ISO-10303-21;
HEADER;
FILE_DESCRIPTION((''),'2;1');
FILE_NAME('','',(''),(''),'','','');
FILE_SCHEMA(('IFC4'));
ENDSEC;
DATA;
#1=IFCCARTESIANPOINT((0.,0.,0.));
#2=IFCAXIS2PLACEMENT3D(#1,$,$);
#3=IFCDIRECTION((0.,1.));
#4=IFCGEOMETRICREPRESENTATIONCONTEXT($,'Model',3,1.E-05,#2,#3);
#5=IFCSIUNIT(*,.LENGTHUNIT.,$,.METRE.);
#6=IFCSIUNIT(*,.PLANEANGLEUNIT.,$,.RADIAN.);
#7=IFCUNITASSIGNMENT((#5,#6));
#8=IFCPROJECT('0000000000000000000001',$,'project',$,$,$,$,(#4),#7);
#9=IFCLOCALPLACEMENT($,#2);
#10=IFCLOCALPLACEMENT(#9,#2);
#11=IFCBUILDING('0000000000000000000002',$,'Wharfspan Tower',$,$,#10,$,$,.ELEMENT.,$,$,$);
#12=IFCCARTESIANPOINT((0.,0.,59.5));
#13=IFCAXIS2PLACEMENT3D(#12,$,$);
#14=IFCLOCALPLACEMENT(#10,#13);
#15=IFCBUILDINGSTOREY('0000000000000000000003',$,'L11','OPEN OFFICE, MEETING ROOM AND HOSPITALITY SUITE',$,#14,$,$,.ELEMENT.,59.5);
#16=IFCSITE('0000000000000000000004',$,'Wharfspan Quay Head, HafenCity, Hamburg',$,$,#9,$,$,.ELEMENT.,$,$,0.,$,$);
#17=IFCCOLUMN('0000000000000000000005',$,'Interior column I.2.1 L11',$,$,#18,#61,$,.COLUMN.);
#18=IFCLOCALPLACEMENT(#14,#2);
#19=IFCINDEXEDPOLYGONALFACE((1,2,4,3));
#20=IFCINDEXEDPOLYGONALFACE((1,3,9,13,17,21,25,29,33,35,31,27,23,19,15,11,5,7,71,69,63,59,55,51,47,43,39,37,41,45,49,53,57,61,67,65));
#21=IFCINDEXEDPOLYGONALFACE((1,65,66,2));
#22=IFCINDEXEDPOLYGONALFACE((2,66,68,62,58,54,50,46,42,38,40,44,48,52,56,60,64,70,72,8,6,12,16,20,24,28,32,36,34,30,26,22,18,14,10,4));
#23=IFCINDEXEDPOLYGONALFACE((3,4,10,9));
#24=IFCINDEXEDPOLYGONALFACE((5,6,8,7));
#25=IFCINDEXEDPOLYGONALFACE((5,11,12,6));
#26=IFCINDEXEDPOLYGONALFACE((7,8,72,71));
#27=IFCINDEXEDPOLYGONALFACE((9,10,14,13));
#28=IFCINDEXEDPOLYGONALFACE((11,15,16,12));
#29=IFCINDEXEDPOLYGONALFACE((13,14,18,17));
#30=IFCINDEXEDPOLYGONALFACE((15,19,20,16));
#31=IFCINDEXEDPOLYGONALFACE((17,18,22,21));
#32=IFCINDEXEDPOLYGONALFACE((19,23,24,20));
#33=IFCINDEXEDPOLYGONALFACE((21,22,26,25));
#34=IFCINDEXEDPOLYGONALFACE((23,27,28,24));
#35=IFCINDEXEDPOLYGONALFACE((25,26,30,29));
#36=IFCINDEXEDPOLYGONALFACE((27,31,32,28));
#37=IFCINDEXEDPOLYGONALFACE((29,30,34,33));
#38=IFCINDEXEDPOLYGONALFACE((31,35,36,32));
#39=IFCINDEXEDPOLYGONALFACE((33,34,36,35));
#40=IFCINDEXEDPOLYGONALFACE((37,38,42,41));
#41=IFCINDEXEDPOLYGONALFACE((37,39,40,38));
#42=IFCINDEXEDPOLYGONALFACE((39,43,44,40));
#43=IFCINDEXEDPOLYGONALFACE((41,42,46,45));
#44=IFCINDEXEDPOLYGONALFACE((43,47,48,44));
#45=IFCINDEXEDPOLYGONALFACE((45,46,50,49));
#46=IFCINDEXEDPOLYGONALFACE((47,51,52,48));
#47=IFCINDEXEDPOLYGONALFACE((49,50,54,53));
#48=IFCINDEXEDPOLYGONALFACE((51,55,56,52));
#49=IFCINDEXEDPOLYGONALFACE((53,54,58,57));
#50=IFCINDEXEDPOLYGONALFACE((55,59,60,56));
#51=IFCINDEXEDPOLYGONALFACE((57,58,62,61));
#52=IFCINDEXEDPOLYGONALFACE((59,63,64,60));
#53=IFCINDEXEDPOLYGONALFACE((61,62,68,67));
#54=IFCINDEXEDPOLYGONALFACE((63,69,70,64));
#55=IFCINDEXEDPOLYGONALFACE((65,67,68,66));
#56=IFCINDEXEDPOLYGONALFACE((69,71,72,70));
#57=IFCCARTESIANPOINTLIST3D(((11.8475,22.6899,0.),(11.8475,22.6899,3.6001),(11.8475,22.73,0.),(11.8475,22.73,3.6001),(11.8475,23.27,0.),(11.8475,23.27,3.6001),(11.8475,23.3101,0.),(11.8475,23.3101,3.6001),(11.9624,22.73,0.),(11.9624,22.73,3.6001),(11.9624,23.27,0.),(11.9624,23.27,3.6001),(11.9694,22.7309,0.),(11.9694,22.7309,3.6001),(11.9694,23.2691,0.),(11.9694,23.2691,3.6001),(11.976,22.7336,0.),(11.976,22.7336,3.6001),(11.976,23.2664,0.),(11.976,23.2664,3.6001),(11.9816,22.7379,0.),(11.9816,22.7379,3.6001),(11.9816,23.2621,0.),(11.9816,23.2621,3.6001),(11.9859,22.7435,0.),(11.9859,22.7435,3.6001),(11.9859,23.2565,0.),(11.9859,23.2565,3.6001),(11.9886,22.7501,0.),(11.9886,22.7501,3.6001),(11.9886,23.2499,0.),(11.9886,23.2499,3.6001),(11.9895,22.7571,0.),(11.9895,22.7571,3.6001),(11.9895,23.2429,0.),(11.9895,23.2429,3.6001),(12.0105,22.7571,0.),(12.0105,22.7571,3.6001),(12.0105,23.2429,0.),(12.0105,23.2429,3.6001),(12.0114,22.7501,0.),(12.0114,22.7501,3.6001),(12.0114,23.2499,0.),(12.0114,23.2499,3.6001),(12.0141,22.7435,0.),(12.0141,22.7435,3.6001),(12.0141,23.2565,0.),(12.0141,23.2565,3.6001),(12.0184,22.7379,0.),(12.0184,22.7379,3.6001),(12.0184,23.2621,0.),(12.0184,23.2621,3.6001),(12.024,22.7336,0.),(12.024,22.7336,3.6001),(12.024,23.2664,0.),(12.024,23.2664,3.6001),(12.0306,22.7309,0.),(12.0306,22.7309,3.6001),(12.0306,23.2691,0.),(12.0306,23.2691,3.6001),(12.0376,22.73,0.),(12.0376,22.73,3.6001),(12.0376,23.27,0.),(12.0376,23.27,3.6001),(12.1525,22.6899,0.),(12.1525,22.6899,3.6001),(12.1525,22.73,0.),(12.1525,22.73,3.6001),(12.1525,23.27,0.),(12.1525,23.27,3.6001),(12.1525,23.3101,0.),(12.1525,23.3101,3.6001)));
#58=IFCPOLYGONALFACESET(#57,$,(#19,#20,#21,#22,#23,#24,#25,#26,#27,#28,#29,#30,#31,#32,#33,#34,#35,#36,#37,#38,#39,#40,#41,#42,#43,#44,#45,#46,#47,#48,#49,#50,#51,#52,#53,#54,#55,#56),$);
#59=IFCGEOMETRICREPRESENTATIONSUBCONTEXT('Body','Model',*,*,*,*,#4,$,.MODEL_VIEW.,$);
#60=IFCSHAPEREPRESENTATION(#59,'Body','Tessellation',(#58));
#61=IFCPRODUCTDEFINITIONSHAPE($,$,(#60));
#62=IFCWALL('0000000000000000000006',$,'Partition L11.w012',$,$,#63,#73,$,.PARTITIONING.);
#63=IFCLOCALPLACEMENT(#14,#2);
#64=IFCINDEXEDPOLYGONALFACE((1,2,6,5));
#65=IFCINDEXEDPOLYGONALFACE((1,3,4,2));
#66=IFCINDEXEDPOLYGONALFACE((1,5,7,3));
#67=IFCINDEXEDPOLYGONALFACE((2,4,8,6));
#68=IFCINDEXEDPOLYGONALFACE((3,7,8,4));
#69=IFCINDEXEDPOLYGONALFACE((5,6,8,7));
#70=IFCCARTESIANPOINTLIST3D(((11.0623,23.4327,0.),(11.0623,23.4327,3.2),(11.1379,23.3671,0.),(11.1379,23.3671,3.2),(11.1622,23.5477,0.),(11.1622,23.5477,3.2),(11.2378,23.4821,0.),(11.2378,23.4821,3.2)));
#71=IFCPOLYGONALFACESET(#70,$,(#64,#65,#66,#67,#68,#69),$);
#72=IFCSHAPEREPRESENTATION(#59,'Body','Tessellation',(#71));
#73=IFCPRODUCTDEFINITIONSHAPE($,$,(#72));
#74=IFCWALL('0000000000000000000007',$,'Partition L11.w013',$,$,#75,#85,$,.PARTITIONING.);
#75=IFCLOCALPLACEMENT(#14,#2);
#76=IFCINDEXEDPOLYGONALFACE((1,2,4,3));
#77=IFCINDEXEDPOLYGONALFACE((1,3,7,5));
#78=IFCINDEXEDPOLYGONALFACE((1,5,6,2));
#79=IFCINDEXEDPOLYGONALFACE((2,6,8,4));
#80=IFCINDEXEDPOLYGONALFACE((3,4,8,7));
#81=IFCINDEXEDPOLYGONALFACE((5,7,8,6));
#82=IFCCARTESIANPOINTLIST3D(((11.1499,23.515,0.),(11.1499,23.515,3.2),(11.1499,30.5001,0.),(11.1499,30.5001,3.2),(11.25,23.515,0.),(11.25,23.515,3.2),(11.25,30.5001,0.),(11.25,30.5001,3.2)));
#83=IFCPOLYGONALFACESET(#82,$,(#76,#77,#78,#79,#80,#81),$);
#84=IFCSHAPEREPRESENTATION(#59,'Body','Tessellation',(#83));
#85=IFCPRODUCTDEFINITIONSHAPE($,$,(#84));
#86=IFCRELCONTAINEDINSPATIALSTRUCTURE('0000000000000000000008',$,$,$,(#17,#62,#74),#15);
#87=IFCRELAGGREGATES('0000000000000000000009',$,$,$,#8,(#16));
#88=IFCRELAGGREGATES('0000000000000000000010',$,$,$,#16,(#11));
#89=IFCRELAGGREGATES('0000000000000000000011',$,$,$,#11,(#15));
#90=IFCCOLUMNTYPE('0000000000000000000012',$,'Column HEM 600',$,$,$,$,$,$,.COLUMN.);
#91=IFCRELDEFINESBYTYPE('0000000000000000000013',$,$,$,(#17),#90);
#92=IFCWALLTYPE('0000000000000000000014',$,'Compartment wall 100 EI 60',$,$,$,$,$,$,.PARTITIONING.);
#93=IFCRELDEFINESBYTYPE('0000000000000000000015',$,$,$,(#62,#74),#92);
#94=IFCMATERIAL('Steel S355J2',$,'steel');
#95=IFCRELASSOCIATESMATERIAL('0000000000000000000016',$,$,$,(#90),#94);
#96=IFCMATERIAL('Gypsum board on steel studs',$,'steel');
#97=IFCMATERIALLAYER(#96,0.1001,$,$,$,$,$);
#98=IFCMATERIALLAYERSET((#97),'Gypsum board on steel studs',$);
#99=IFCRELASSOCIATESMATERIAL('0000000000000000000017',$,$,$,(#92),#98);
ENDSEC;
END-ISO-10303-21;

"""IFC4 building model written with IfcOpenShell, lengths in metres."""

from ifc_helpers import new_model, si_unit, direction, frame, frame_2d, origin, origin_2d, place, context, subcontext, project, spatial, rectangle, i_section, extrude, material, layer, layer_set, material_profile, profile_set, type_object, element, save


model = new_model("IFC4")

# Units and contexts
model_context = context("Model", 3, precision=1e-05, world=origin(), true_north=direction((0.0, 1.0)))
body_context = subcontext(model_context, "Body", "Model", "MODEL_VIEW")
ifc_project = project(units=[si_unit("LENGTHUNIT", "METRE"), si_unit("PLANEANGLEUNIT", "RADIAN")], contexts=[model_context])

# Site, building, storey
site_placement = place(None, origin())
site = spatial("IfcSite", under=ifc_project, at=site_placement, Name="Wharfspan Quay Head, HafenCity, Hamburg", CompositionType="ELEMENT", RefElevation=0.0)
building_placement = place(site_placement, origin())
building = spatial("IfcBuilding", under=site, at=building_placement, Name="Wharfspan Tower", CompositionType="ELEMENT")
storey_placement = place(building_placement, frame((0.0, 0.0, 59.5)))
storey = spatial("IfcBuildingStorey", under=building, at=storey_placement, Name="L11", Description="OPEN OFFICE, MEETING ROOM AND HOSPITALITY SUITE", CompositionType="ELEMENT", Elevation=59.5)

# Column
ifc_material_1 = material(Name="Steel S355J2", Category="steel")
ifc_material_profile = material_profile(ifc_material_1, i_section(OverallWidth=0.3049, OverallDepth=0.6201, WebThickness=0.021, FlangeThickness=0.04, FilletRadius=0.0271, at=origin_2d()))
ifc_profile_set = profile_set([ifc_material_profile], Name="Steel S355J2")
column_type = type_object("IfcColumnType", Name="Column HEM 600", PredefinedType="COLUMN", material=ifc_profile_set)
column_placement = place(storey_placement, frame((12.0, 23.0, 0.0), z_axis=(0.0, 0.0, 1.0), x_axis=(1.0, 0.0, 0.0)))
element("IfcColumn", 1, at=column_placement, inside=storey, type_object=column_type, Name="Interior column I.2.1 L11", PredefinedType="COLUMN", context=body_context, shape_type="SweptSolid", body=[
    extrude(i_section(OverallWidth=0.3049, OverallDepth=0.6201, WebThickness=0.021, FlangeThickness=0.04, FilletRadius=0.0271, at=origin_2d()), origin(), (0.0, 0.0, 1.0), 3.6001),
])

# Walls
ifc_material_2 = material(Name="Gypsum board on steel studs", Category="steel")
ifc_layer = layer(ifc_material_2, 0.1001)
ifc_layer_set = layer_set([ifc_layer], Name="Gypsum board on steel studs")
wall_type = type_object("IfcWallType", Name="Compartment wall 100 EI 60", PredefinedType="PARTITIONING", material=ifc_layer_set)
wall_1_placement = place(storey_placement, frame((11.1001, 23.3999, 0.0), z_axis=(0.0, 0.0, 1.0), x_axis=(0.65566, 0.755051, 0.0)))
element("IfcWall", 2, at=wall_1_placement, inside=storey, type_object=wall_type, Name="Partition L11.w012", PredefinedType="PARTITIONING", context=body_context, shape_type="SweptSolid", body=[
    extrude(rectangle(XDim=0.1523, YDim=0.1001, at=frame_2d((0.0762, 0.0))), origin(), (0.0, 0.0, 1.0), 3.2),
])
wall_2_placement = place(storey_placement, frame((11.2, 23.5149, 0.0), z_axis=(0.0, 0.0, 1.0), x_axis=(0.0, 1.0, 0.0)))
element("IfcWall", 3, at=wall_2_placement, inside=storey, type_object=wall_type, Name="Partition L11.w013", PredefinedType="PARTITIONING", context=body_context, shape_type="SweptSolid", body=[
    extrude(rectangle(XDim=6.9851, YDim=0.1001, at=frame_2d((3.4927, 0.0))), origin(), (0.0, 0.0, 1.0), 3.2),
])

save(model, "model.ifc")
